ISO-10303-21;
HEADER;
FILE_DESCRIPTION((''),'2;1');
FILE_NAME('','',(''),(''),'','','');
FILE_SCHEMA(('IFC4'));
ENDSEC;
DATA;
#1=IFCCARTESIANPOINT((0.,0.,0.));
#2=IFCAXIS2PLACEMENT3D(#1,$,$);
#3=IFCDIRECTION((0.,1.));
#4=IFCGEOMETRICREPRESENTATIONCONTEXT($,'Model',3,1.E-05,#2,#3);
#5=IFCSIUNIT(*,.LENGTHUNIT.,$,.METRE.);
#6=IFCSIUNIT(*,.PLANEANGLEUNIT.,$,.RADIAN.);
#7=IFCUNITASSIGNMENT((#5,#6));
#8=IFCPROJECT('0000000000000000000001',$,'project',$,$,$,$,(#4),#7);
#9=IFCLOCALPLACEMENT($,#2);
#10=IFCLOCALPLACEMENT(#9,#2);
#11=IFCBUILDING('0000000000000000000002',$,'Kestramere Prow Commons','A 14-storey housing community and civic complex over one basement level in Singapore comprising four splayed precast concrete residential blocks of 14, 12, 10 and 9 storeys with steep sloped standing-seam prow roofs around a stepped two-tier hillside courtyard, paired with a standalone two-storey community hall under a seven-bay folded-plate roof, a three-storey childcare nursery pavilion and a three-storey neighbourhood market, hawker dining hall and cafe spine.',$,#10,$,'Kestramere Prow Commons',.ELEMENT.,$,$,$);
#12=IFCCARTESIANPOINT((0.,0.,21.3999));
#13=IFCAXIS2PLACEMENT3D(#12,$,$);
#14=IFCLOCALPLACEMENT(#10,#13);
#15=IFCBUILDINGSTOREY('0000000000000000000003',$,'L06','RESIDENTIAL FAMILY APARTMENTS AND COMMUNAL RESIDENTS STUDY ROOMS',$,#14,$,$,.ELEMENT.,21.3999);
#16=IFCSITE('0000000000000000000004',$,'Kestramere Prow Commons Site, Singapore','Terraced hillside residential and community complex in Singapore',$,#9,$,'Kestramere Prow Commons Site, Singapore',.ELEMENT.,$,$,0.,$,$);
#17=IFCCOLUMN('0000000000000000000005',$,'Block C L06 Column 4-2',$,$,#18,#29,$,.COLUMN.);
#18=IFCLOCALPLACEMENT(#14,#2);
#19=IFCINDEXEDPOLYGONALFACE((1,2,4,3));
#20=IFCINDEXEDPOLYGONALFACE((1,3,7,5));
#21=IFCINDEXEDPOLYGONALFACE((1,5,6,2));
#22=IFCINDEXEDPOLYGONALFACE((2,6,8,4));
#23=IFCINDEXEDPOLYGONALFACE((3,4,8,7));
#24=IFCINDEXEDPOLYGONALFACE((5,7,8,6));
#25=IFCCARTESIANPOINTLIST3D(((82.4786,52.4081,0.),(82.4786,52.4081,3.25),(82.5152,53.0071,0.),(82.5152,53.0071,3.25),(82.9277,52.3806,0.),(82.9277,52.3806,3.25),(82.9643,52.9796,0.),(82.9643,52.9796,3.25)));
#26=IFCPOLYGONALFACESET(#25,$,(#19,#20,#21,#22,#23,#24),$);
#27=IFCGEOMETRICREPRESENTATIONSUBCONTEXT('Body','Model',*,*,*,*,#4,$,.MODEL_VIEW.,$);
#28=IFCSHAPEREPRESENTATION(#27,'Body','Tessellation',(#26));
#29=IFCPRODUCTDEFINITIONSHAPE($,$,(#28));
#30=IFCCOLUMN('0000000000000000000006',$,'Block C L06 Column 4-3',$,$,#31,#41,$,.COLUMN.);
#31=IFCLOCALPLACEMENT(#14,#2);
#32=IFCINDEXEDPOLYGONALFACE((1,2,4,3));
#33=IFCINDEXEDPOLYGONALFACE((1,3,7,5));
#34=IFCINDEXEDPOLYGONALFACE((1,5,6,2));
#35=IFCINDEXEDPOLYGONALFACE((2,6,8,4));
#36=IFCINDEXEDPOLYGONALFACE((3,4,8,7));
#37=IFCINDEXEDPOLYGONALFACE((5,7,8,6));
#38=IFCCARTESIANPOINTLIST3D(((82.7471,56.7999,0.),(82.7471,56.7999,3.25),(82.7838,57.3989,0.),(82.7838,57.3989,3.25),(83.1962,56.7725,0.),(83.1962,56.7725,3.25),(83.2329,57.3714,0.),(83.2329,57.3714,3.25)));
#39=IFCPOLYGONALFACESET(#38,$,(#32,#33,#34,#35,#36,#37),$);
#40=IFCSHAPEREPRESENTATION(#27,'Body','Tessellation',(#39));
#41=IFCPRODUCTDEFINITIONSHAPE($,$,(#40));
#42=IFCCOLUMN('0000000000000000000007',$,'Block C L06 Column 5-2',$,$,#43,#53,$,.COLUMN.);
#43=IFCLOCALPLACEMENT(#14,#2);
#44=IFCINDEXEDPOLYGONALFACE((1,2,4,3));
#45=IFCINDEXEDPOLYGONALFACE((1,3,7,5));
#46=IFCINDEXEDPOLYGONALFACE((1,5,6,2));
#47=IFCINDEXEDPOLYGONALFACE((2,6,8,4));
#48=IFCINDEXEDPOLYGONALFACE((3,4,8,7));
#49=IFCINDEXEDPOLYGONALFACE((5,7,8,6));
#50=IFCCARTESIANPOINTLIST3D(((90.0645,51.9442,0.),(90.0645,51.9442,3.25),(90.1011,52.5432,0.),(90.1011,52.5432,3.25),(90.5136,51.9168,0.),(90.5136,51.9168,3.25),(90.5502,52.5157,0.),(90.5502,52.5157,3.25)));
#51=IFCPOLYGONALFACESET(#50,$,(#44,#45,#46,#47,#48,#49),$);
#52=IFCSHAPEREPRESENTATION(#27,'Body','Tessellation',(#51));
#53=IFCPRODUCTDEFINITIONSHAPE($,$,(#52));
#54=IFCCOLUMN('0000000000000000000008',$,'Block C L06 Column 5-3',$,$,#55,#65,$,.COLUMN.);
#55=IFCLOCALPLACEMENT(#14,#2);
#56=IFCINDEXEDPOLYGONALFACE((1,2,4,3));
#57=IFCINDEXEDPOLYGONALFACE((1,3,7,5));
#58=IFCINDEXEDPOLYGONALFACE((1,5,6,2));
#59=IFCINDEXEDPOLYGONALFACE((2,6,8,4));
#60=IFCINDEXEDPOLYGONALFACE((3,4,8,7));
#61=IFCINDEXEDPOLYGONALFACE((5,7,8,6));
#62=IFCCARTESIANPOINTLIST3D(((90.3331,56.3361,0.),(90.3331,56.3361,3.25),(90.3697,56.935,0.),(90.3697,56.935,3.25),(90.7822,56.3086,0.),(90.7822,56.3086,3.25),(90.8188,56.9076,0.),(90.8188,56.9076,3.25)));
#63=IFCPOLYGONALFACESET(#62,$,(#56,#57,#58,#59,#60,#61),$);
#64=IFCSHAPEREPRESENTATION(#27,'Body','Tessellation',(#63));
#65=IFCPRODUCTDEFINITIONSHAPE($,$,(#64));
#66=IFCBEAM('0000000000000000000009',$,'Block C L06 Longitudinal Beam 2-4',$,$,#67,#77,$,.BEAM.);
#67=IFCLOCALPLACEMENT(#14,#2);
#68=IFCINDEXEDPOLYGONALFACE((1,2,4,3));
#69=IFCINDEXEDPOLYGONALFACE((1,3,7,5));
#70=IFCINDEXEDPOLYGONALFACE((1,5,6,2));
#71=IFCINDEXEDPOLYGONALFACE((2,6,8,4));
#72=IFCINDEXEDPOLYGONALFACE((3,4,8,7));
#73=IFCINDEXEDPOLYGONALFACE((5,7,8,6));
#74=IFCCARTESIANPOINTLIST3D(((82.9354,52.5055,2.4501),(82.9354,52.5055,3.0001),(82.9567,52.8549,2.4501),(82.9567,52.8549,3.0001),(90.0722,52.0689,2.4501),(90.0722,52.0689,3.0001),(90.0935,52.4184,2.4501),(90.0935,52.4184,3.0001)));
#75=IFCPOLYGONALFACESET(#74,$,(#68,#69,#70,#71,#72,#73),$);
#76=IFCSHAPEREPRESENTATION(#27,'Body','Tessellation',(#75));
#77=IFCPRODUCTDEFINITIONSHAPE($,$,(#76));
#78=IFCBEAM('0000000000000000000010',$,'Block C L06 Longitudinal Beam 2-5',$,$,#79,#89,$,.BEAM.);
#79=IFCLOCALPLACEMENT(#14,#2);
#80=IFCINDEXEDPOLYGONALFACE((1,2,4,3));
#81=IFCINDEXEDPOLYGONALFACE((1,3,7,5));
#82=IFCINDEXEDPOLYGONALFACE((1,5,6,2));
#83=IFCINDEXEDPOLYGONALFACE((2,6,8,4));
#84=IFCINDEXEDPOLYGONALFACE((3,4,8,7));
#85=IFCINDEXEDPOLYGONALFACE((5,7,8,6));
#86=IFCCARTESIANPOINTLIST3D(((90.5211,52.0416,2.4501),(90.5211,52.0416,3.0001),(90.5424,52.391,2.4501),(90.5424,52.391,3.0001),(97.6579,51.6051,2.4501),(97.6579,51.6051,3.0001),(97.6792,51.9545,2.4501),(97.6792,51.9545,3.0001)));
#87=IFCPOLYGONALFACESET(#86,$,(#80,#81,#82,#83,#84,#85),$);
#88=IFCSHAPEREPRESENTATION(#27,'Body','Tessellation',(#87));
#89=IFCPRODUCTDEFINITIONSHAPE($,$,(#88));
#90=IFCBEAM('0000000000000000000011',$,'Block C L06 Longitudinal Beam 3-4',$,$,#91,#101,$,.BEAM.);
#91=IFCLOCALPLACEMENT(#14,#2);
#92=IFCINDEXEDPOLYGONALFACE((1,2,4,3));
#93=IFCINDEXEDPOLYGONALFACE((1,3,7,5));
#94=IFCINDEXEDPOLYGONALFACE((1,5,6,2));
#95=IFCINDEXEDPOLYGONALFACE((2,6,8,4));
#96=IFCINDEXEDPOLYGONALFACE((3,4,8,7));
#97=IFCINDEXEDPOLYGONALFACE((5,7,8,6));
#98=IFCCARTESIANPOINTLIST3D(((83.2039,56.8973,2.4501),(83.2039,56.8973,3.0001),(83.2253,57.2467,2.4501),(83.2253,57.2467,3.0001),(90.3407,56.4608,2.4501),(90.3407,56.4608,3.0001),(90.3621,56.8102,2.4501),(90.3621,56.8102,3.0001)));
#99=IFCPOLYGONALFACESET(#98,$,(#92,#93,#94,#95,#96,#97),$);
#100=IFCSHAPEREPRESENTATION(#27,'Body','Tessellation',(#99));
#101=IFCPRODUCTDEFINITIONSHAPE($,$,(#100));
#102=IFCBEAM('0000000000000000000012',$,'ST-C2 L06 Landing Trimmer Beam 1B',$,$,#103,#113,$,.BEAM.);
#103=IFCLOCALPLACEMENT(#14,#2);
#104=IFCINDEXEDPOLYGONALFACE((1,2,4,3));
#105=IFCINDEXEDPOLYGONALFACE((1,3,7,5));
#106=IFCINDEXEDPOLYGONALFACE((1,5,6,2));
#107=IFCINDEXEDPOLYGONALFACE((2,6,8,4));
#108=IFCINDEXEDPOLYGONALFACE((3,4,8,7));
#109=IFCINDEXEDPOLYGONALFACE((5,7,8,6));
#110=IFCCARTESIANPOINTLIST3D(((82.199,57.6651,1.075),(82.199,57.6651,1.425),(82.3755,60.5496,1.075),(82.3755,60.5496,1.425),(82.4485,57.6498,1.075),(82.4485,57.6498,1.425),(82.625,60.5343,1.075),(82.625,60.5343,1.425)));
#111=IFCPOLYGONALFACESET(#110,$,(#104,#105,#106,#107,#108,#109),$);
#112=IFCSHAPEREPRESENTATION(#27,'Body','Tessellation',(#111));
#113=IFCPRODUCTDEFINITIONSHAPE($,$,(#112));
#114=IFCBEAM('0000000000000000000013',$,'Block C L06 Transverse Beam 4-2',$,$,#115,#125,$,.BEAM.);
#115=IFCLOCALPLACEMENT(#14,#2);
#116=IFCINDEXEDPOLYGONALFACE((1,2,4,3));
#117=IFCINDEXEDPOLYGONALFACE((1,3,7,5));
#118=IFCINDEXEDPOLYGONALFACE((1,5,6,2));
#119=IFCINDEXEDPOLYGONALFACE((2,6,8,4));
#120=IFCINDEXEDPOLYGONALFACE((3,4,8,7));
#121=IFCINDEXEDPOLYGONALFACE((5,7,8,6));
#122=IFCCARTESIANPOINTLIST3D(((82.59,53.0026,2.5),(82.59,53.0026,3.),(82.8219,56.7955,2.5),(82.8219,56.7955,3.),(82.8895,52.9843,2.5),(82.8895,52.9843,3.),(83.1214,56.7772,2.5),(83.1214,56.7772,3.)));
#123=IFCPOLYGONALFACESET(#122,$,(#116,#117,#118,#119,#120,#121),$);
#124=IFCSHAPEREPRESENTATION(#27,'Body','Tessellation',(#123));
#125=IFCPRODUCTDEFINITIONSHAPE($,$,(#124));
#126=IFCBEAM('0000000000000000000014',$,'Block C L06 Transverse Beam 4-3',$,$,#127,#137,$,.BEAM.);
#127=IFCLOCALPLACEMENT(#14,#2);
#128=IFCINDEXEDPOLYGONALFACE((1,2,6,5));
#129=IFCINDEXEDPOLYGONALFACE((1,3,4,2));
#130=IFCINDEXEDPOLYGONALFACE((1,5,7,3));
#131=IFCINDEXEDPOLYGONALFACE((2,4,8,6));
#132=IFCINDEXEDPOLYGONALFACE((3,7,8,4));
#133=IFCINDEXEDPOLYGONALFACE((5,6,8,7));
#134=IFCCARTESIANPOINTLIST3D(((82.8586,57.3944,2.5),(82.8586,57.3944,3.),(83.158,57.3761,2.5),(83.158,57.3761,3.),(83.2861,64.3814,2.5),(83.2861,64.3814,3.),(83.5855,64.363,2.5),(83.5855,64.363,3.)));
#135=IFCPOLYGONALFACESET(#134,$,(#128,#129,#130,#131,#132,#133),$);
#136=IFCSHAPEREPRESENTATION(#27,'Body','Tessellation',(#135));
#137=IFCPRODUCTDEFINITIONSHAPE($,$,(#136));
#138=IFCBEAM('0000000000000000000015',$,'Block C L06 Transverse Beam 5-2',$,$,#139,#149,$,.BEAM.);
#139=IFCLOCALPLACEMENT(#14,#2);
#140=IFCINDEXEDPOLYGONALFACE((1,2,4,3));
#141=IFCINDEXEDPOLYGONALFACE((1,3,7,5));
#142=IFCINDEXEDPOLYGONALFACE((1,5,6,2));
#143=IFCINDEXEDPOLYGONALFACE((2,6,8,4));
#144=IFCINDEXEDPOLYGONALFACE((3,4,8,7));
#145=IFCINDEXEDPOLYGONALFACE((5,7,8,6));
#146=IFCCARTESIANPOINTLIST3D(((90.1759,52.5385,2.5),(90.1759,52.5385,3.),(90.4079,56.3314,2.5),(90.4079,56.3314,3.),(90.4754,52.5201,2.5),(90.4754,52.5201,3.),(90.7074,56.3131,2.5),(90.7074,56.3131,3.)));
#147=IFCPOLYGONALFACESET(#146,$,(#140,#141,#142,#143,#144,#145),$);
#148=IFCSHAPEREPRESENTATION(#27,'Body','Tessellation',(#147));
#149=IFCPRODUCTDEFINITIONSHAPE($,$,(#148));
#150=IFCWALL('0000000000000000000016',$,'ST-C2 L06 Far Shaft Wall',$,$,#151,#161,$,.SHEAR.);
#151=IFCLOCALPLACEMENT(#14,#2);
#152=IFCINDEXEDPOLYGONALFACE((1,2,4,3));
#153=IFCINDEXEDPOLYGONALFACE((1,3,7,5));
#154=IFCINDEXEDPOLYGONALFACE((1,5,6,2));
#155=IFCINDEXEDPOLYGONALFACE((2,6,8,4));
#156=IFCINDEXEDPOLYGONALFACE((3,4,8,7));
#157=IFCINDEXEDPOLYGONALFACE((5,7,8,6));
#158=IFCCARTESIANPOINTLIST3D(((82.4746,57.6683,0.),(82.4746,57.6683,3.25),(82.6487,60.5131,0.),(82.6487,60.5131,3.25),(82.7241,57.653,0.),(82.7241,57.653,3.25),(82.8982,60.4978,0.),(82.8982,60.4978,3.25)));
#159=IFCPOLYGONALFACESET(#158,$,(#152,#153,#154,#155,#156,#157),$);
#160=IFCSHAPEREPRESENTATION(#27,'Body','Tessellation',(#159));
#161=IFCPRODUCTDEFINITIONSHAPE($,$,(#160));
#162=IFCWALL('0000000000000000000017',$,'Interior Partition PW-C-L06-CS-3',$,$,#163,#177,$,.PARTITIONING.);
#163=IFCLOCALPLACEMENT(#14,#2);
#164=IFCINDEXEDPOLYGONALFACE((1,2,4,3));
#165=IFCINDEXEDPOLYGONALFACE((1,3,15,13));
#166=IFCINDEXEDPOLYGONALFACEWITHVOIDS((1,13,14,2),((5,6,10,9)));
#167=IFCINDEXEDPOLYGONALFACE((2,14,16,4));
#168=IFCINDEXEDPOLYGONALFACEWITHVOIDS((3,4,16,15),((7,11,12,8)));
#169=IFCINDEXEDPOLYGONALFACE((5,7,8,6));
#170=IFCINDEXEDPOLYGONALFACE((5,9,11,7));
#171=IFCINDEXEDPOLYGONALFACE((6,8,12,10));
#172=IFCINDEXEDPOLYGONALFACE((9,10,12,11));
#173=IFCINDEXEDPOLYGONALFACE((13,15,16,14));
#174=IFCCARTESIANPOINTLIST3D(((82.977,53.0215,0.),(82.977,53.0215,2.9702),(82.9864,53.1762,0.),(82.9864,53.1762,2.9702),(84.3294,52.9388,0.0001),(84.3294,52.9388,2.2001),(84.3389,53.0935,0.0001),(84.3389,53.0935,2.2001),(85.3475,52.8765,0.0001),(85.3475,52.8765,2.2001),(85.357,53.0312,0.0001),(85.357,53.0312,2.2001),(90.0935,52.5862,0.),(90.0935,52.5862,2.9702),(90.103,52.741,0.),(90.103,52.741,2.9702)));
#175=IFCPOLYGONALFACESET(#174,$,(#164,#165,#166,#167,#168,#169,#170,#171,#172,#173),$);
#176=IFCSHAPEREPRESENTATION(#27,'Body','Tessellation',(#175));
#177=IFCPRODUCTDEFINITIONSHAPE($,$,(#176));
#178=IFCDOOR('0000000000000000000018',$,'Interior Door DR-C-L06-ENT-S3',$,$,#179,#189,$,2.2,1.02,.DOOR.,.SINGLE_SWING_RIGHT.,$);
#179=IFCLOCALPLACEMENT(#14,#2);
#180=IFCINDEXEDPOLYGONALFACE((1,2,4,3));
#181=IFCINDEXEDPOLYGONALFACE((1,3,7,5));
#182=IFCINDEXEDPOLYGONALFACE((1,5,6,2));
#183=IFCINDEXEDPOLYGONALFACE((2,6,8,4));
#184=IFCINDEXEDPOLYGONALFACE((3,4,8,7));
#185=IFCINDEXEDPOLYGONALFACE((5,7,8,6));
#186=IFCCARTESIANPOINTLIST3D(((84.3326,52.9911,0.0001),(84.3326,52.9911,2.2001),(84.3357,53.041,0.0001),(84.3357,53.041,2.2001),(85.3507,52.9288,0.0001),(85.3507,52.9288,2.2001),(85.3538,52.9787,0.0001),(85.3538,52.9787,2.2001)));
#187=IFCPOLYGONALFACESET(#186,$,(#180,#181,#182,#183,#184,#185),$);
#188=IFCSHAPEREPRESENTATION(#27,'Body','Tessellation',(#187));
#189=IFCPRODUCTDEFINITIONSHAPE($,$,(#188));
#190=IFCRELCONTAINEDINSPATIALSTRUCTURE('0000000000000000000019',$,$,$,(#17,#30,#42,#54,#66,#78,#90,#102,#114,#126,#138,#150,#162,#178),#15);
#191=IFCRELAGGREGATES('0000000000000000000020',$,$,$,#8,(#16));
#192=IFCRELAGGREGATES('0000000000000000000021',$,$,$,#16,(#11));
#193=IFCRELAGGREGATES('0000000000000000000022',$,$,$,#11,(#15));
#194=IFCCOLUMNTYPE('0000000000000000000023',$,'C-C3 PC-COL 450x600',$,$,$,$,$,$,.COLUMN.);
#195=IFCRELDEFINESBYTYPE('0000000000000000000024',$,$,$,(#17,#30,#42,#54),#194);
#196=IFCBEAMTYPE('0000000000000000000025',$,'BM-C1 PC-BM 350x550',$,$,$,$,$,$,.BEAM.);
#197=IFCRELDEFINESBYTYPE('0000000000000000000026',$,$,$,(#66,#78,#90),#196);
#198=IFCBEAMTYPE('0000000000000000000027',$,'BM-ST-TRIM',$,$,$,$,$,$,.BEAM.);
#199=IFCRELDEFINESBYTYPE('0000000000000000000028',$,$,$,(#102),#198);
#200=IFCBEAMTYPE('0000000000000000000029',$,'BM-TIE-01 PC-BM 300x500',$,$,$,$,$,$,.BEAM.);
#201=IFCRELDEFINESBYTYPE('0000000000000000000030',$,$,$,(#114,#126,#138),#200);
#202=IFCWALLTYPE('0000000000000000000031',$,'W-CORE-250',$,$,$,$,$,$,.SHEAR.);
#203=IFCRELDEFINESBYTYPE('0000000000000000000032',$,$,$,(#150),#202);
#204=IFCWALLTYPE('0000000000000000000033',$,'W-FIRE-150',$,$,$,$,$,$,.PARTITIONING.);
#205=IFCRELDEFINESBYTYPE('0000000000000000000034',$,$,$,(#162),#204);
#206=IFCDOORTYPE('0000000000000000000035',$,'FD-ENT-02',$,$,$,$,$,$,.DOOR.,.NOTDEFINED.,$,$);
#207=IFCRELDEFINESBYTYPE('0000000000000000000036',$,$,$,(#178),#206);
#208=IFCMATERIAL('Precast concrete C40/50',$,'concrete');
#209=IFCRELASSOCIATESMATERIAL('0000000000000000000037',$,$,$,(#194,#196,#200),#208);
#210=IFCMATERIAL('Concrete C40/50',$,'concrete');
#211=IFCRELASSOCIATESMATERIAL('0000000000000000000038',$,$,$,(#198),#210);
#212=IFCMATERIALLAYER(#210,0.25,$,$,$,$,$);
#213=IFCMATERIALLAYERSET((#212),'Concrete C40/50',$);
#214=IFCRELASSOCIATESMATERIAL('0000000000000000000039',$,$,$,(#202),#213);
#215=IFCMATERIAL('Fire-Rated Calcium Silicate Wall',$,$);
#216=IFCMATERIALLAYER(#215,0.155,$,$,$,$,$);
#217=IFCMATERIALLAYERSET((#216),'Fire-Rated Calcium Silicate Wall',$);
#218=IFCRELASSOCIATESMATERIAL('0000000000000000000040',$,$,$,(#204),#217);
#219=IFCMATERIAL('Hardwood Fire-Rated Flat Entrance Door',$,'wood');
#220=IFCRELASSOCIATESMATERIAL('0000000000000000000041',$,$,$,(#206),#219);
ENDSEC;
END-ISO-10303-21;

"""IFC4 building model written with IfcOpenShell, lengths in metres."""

from ifc_helpers import new_model, si_unit, direction, frame, frame_2d, origin, origin_2d, place, context, subcontext, project, spatial, rectangle, extrude, material, layer, layer_set, material_profile, profile_set, type_object, element, fill, save


model = new_model("IFC4")

# Units and contexts
model_context = context("Model", 3, precision=1e-05, world=origin(), true_north=direction((0.0, 1.0)))
body_context = subcontext(model_context, "Body", "Model", "MODEL_VIEW")
ifc_project = project(units=[si_unit("LENGTHUNIT", "METRE"), si_unit("PLANEANGLEUNIT", "RADIAN")], contexts=[model_context])

# Site, building, storey
site_placement = place(None, origin())
site = spatial("IfcSite", under=ifc_project, at=site_placement, Name="Kestramere Prow Commons Site, Singapore", Description="Terraced hillside residential and community complex in Singapore", LongName="Kestramere Prow Commons Site, Singapore", CompositionType="ELEMENT", RefElevation=0.0)
building_placement = place(site_placement, origin())
building = spatial("IfcBuilding", under=site, at=building_placement, Name="Kestramere Prow Commons", Description="A 14-storey housing community and civic complex over one basement level in Singapore comprising four splayed precast concrete residential blocks of 14, 12, 10 and 9 storeys with steep sloped standing-seam prow roofs around a stepped two-tier hillside courtyard, paired with a standalone two-storey community hall under a seven-bay folded-plate roof, a three-storey childcare nursery pavilion and a three-storey neighbourhood market, hawker dining hall and cafe spine.", LongName="Kestramere Prow Commons", CompositionType="ELEMENT")
storey_placement = place(building_placement, frame((0.0, 0.0, 21.3999)))
storey = spatial("IfcBuildingStorey", under=building, at=storey_placement, Name="L06", Description="RESIDENTIAL FAMILY APARTMENTS AND COMMUNAL RESIDENTS STUDY ROOMS", CompositionType="ELEMENT", Elevation=21.3999)

# Columns
ifc_material_1 = material(Name="Precast concrete C40/50", Category="concrete")
ifc_material_profile_1 = material_profile(ifc_material_1, rectangle(XDim=0.45, YDim=0.6001, at=origin_2d()), Name="PC-COL 450x600")
ifc_profile_set_1 = profile_set([ifc_material_profile_1], Name="Precast concrete C40/50")
column_type = type_object("IfcColumnType", Name="C-C3 PC-COL 450x600", PredefinedType="COLUMN", material=ifc_profile_set_1)
for number, where, z_axis, x_axis, name in (
    (1, (82.7214, 52.6938, 0.0), (0.0, 0.0, 1.0), (0.998135, -0.061049, 0.0), "Block C L06 Column 4-2"),
    (2, (82.99, 57.0857, 0.0), (0.0, 0.0, 1.0), (0.998135, -0.061049, 0.0), "Block C L06 Column 4-3"),
    (3, (90.3074, 52.23, 0.0), (0.0, 0.0, 1.0), (0.998135, -0.061049, 0.0), "Block C L06 Column 5-2"),
    (4, (90.5759, 56.6218, 0.0), (0.0, 0.0, 1.0), (0.998135, -0.061049, 0.0), "Block C L06 Column 5-3"),
):
    element("IfcColumn", number, at=place(storey_placement, frame(where, z_axis=z_axis, x_axis=x_axis)), inside=storey, type_object=column_type, Name=name, PredefinedType="COLUMN", context=body_context, shape_type="SweptSolid", body=[
        extrude(rectangle(XDim=0.45, YDim=0.6001, at=origin_2d()), origin(), (0.0, 0.0, 1.0), 3.25),
    ])

# Beams
ifc_material_profile_2 = material_profile(ifc_material_1, rectangle(XDim=0.3501, YDim=0.55, at=origin_2d()), Name="PC-BM 350x550")
ifc_profile_set_2 = profile_set([ifc_material_profile_2], Name="Precast concrete C40/50")
beam_type_1 = type_object("IfcBeamType", Name="BM-C1 PC-BM 350x550", PredefinedType="BEAM", material=ifc_profile_set_2)
for number, where, z_axis, x_axis, name in (
    (5, (82.946, 52.6802, 2.7251), (0.998135, -0.061052, 0.0), (0.061052, 0.998135, 0.0), "Block C L06 Longitudinal Beam 2-4"),
    (6, (90.5317, 52.2163, 2.7251), (0.998135, -0.061052, 0.0), (0.061052, 0.998135, 0.0), "Block C L06 Longitudinal Beam 2-5"),
    (7, (83.2146, 57.072, 2.7251), (0.998135, -0.061052, 0.0), (0.061052, 0.998135, 0.0), "Block C L06 Longitudinal Beam 3-4"),
):
    element("IfcBeam", number, at=place(storey_placement, frame(where, z_axis=z_axis, x_axis=x_axis)), inside=storey, type_object=beam_type_1, Name=name, PredefinedType="BEAM", context=body_context, shape_type="SweptSolid", body=[
        extrude(rectangle(XDim=0.3501, YDim=0.55, at=origin_2d()), origin(), (0.0, 0.0, 1.0), 7.1501),
    ])
ifc_material_2 = material(Name="Concrete C40/50", Category="concrete")
ifc_material_profile_3 = material_profile(ifc_material_2, rectangle(XDim=0.25, YDim=0.3501, at=origin_2d()), Name="PC-BM 250x350")
ifc_profile_set_3 = profile_set([ifc_material_profile_3], Name="Concrete C40/50")
beam_type_2 = type_object("IfcBeamType", Name="BM-ST-TRIM", PredefinedType="BEAM", material=ifc_profile_set_3)
beam_1_placement = place(storey_placement, frame((82.3237, 57.6575, 1.25), z_axis=(0.061079, 0.998133, 0.0), x_axis=(-0.998133, 0.061079, 0.0)))
element("IfcBeam", 8, at=beam_1_placement, inside=storey, type_object=beam_type_2, Name="ST-C2 L06 Landing Trimmer Beam 1B", PredefinedType="BEAM", context=body_context, shape_type="SweptSolid", body=[
    extrude(rectangle(XDim=0.25, YDim=0.3501, at=origin_2d()), origin(), (0.0, 0.0, 1.0), 2.8899),
])
ifc_material_profile_4 = material_profile(ifc_material_1, rectangle(XDim=0.3, YDim=0.5, at=origin_2d()), Name="PC-BM 300x500")
ifc_profile_set_4 = profile_set([ifc_material_profile_4], Name="Precast concrete C40/50")
beam_type_3 = type_object("IfcBeamType", Name="BM-TIE-01 PC-BM 300x500", PredefinedType="BEAM", material=ifc_profile_set_4)
beam_2_placement = place(storey_placement, frame((82.7397, 52.9934, 2.75), z_axis=(0.061034, 0.998136, 0.0), x_axis=(-0.998136, 0.061034, 0.0)))
element("IfcBeam", 9, at=beam_2_placement, inside=storey, type_object=beam_type_3, Name="Block C L06 Transverse Beam 4-2", PredefinedType="BEAM", context=body_context, shape_type="SweptSolid", body=[
    extrude(rectangle(XDim=0.3, YDim=0.5, at=origin_2d()), origin(), (0.0, 0.0, 1.0), 3.8),
])
beam_3_placement = place(storey_placement, frame((83.0083, 57.3853, 2.75), z_axis=(0.061071, 0.998133, 0.0), x_axis=(-0.998133, 0.061071, 0.0)))
element("IfcBeam", 10, at=beam_3_placement, inside=storey, type_object=beam_type_3, Name="Block C L06 Transverse Beam 4-3", PredefinedType="BEAM", context=body_context, shape_type="SweptSolid", body=[
    extrude(rectangle(XDim=0.3, YDim=0.5, at=origin_2d()), origin(), (0.0, 0.0, 1.0), 7.0),
])
beam_4_placement = place(storey_placement, frame((90.3257, 52.5293, 2.75), z_axis=(0.061034, 0.998136, 0.0), x_axis=(-0.998136, 0.061034, 0.0)))
element("IfcBeam", 11, at=beam_4_placement, inside=storey, type_object=beam_type_3, Name="Block C L06 Transverse Beam 5-2", PredefinedType="BEAM", context=body_context, shape_type="SweptSolid", body=[
    extrude(rectangle(XDim=0.3, YDim=0.5, at=origin_2d()), origin(), (0.0, 0.0, 1.0), 3.8),
])

# Wall
ifc_layer_1 = layer(ifc_material_2, 0.25)
ifc_layer_set_1 = layer_set([ifc_layer_1], Name="Concrete C40/50")
wall_type_1 = type_object("IfcWallType", Name="W-CORE-250", PredefinedType="SHEAR", material=ifc_layer_set_1)
wall_1_placement = place(storey_placement, frame((82.5994, 57.6606, 0.0), z_axis=(0.0, 0.0, 1.0), x_axis=(0.061077, 0.998133, 0.0)))
element("IfcWall", 12, at=wall_1_placement, inside=storey, type_object=wall_type_1, Name="ST-C2 L06 Far Shaft Wall", PredefinedType="SHEAR", context=body_context, shape_type="SweptSolid", body=[
    extrude(rectangle(XDim=2.8501, YDim=0.25, at=frame_2d((1.425, 0.0))), origin(), (0.0, 0.0, 1.0), 3.25),
])

# Wall, opening, door
ifc_material_3 = material(Name="Fire-Rated Calcium Silicate Wall")
ifc_layer_2 = layer(ifc_material_3, 0.155)
ifc_layer_set_2 = layer_set([ifc_layer_2], Name="Fire-Rated Calcium Silicate Wall")
wall_type_2 = type_object("IfcWallType", Name="W-FIRE-150", PredefinedType="PARTITIONING", material=ifc_layer_set_2)
wall_2_placement = place(storey_placement, frame((82.9817, 53.0989, 0.0), z_axis=(0.0, 0.0, 1.0), x_axis=(0.998135, -0.061052, 0.0)))
wall_2 = element("IfcWall", 13, at=wall_2_placement, inside=storey, type_object=wall_type_2, Name="Interior Partition PW-C-L06-CS-3", PredefinedType="PARTITIONING", context=body_context, shape_type="SweptSolid", body=[
    extrude(rectangle(XDim=7.1299, YDim=0.155, at=frame_2d((3.5649, 0.0))), origin(), (0.0, 0.0, 1.0), 2.9702),
])
opening_1_placement = place(wall_2_placement, frame((1.355, 0.0, 0.0)))
opening_1 = element("IfcOpeningElement", 14, at=opening_1_placement, cuts=wall_2, PredefinedType="OPENING", context=body_context, shape_type="SweptSolid", body=[
    extrude(rectangle(XDim=1.02, YDim=2.2, at=frame_2d((0.51, 1.1001))), frame((0.0, 0.0925, 0.0), z_axis=(0.0, -1.0, 0.0), x_axis=(1.0, 0.0, 0.0)), (0.0, 0.0, 1.0), 0.1851),
])
ifc_material_4 = material(Name="Hardwood Fire-Rated Flat Entrance Door", Category="wood")
door_type_1 = type_object("IfcDoorType", Name="FD-ENT-02", OperationType="NOTDEFINED", PredefinedType="DOOR", material=ifc_material_4)
door_1_placement = place(opening_1_placement, origin())
door_1 = element("IfcDoor", 15, at=door_1_placement, inside=storey, type_object=door_type_1, Name="Interior Door DR-C-L06-ENT-S3", OperationType="SINGLE_SWING_RIGHT", OverallHeight=2.2, OverallWidth=1.02, PredefinedType="DOOR", context=body_context, shape_type="SweptSolid", body=[
    extrude(rectangle(XDim=1.02, YDim=2.2, at=frame_2d((0.51, 1.1001))), frame((0.0, 0.0249, 0.0), z_axis=(0.0, -1.0, 0.0), x_axis=(1.0, 0.0, 0.0)), (0.0, 0.0, 1.0), 0.05),
])
fill(opening_1, door_1)

save(model, "model.ifc")
